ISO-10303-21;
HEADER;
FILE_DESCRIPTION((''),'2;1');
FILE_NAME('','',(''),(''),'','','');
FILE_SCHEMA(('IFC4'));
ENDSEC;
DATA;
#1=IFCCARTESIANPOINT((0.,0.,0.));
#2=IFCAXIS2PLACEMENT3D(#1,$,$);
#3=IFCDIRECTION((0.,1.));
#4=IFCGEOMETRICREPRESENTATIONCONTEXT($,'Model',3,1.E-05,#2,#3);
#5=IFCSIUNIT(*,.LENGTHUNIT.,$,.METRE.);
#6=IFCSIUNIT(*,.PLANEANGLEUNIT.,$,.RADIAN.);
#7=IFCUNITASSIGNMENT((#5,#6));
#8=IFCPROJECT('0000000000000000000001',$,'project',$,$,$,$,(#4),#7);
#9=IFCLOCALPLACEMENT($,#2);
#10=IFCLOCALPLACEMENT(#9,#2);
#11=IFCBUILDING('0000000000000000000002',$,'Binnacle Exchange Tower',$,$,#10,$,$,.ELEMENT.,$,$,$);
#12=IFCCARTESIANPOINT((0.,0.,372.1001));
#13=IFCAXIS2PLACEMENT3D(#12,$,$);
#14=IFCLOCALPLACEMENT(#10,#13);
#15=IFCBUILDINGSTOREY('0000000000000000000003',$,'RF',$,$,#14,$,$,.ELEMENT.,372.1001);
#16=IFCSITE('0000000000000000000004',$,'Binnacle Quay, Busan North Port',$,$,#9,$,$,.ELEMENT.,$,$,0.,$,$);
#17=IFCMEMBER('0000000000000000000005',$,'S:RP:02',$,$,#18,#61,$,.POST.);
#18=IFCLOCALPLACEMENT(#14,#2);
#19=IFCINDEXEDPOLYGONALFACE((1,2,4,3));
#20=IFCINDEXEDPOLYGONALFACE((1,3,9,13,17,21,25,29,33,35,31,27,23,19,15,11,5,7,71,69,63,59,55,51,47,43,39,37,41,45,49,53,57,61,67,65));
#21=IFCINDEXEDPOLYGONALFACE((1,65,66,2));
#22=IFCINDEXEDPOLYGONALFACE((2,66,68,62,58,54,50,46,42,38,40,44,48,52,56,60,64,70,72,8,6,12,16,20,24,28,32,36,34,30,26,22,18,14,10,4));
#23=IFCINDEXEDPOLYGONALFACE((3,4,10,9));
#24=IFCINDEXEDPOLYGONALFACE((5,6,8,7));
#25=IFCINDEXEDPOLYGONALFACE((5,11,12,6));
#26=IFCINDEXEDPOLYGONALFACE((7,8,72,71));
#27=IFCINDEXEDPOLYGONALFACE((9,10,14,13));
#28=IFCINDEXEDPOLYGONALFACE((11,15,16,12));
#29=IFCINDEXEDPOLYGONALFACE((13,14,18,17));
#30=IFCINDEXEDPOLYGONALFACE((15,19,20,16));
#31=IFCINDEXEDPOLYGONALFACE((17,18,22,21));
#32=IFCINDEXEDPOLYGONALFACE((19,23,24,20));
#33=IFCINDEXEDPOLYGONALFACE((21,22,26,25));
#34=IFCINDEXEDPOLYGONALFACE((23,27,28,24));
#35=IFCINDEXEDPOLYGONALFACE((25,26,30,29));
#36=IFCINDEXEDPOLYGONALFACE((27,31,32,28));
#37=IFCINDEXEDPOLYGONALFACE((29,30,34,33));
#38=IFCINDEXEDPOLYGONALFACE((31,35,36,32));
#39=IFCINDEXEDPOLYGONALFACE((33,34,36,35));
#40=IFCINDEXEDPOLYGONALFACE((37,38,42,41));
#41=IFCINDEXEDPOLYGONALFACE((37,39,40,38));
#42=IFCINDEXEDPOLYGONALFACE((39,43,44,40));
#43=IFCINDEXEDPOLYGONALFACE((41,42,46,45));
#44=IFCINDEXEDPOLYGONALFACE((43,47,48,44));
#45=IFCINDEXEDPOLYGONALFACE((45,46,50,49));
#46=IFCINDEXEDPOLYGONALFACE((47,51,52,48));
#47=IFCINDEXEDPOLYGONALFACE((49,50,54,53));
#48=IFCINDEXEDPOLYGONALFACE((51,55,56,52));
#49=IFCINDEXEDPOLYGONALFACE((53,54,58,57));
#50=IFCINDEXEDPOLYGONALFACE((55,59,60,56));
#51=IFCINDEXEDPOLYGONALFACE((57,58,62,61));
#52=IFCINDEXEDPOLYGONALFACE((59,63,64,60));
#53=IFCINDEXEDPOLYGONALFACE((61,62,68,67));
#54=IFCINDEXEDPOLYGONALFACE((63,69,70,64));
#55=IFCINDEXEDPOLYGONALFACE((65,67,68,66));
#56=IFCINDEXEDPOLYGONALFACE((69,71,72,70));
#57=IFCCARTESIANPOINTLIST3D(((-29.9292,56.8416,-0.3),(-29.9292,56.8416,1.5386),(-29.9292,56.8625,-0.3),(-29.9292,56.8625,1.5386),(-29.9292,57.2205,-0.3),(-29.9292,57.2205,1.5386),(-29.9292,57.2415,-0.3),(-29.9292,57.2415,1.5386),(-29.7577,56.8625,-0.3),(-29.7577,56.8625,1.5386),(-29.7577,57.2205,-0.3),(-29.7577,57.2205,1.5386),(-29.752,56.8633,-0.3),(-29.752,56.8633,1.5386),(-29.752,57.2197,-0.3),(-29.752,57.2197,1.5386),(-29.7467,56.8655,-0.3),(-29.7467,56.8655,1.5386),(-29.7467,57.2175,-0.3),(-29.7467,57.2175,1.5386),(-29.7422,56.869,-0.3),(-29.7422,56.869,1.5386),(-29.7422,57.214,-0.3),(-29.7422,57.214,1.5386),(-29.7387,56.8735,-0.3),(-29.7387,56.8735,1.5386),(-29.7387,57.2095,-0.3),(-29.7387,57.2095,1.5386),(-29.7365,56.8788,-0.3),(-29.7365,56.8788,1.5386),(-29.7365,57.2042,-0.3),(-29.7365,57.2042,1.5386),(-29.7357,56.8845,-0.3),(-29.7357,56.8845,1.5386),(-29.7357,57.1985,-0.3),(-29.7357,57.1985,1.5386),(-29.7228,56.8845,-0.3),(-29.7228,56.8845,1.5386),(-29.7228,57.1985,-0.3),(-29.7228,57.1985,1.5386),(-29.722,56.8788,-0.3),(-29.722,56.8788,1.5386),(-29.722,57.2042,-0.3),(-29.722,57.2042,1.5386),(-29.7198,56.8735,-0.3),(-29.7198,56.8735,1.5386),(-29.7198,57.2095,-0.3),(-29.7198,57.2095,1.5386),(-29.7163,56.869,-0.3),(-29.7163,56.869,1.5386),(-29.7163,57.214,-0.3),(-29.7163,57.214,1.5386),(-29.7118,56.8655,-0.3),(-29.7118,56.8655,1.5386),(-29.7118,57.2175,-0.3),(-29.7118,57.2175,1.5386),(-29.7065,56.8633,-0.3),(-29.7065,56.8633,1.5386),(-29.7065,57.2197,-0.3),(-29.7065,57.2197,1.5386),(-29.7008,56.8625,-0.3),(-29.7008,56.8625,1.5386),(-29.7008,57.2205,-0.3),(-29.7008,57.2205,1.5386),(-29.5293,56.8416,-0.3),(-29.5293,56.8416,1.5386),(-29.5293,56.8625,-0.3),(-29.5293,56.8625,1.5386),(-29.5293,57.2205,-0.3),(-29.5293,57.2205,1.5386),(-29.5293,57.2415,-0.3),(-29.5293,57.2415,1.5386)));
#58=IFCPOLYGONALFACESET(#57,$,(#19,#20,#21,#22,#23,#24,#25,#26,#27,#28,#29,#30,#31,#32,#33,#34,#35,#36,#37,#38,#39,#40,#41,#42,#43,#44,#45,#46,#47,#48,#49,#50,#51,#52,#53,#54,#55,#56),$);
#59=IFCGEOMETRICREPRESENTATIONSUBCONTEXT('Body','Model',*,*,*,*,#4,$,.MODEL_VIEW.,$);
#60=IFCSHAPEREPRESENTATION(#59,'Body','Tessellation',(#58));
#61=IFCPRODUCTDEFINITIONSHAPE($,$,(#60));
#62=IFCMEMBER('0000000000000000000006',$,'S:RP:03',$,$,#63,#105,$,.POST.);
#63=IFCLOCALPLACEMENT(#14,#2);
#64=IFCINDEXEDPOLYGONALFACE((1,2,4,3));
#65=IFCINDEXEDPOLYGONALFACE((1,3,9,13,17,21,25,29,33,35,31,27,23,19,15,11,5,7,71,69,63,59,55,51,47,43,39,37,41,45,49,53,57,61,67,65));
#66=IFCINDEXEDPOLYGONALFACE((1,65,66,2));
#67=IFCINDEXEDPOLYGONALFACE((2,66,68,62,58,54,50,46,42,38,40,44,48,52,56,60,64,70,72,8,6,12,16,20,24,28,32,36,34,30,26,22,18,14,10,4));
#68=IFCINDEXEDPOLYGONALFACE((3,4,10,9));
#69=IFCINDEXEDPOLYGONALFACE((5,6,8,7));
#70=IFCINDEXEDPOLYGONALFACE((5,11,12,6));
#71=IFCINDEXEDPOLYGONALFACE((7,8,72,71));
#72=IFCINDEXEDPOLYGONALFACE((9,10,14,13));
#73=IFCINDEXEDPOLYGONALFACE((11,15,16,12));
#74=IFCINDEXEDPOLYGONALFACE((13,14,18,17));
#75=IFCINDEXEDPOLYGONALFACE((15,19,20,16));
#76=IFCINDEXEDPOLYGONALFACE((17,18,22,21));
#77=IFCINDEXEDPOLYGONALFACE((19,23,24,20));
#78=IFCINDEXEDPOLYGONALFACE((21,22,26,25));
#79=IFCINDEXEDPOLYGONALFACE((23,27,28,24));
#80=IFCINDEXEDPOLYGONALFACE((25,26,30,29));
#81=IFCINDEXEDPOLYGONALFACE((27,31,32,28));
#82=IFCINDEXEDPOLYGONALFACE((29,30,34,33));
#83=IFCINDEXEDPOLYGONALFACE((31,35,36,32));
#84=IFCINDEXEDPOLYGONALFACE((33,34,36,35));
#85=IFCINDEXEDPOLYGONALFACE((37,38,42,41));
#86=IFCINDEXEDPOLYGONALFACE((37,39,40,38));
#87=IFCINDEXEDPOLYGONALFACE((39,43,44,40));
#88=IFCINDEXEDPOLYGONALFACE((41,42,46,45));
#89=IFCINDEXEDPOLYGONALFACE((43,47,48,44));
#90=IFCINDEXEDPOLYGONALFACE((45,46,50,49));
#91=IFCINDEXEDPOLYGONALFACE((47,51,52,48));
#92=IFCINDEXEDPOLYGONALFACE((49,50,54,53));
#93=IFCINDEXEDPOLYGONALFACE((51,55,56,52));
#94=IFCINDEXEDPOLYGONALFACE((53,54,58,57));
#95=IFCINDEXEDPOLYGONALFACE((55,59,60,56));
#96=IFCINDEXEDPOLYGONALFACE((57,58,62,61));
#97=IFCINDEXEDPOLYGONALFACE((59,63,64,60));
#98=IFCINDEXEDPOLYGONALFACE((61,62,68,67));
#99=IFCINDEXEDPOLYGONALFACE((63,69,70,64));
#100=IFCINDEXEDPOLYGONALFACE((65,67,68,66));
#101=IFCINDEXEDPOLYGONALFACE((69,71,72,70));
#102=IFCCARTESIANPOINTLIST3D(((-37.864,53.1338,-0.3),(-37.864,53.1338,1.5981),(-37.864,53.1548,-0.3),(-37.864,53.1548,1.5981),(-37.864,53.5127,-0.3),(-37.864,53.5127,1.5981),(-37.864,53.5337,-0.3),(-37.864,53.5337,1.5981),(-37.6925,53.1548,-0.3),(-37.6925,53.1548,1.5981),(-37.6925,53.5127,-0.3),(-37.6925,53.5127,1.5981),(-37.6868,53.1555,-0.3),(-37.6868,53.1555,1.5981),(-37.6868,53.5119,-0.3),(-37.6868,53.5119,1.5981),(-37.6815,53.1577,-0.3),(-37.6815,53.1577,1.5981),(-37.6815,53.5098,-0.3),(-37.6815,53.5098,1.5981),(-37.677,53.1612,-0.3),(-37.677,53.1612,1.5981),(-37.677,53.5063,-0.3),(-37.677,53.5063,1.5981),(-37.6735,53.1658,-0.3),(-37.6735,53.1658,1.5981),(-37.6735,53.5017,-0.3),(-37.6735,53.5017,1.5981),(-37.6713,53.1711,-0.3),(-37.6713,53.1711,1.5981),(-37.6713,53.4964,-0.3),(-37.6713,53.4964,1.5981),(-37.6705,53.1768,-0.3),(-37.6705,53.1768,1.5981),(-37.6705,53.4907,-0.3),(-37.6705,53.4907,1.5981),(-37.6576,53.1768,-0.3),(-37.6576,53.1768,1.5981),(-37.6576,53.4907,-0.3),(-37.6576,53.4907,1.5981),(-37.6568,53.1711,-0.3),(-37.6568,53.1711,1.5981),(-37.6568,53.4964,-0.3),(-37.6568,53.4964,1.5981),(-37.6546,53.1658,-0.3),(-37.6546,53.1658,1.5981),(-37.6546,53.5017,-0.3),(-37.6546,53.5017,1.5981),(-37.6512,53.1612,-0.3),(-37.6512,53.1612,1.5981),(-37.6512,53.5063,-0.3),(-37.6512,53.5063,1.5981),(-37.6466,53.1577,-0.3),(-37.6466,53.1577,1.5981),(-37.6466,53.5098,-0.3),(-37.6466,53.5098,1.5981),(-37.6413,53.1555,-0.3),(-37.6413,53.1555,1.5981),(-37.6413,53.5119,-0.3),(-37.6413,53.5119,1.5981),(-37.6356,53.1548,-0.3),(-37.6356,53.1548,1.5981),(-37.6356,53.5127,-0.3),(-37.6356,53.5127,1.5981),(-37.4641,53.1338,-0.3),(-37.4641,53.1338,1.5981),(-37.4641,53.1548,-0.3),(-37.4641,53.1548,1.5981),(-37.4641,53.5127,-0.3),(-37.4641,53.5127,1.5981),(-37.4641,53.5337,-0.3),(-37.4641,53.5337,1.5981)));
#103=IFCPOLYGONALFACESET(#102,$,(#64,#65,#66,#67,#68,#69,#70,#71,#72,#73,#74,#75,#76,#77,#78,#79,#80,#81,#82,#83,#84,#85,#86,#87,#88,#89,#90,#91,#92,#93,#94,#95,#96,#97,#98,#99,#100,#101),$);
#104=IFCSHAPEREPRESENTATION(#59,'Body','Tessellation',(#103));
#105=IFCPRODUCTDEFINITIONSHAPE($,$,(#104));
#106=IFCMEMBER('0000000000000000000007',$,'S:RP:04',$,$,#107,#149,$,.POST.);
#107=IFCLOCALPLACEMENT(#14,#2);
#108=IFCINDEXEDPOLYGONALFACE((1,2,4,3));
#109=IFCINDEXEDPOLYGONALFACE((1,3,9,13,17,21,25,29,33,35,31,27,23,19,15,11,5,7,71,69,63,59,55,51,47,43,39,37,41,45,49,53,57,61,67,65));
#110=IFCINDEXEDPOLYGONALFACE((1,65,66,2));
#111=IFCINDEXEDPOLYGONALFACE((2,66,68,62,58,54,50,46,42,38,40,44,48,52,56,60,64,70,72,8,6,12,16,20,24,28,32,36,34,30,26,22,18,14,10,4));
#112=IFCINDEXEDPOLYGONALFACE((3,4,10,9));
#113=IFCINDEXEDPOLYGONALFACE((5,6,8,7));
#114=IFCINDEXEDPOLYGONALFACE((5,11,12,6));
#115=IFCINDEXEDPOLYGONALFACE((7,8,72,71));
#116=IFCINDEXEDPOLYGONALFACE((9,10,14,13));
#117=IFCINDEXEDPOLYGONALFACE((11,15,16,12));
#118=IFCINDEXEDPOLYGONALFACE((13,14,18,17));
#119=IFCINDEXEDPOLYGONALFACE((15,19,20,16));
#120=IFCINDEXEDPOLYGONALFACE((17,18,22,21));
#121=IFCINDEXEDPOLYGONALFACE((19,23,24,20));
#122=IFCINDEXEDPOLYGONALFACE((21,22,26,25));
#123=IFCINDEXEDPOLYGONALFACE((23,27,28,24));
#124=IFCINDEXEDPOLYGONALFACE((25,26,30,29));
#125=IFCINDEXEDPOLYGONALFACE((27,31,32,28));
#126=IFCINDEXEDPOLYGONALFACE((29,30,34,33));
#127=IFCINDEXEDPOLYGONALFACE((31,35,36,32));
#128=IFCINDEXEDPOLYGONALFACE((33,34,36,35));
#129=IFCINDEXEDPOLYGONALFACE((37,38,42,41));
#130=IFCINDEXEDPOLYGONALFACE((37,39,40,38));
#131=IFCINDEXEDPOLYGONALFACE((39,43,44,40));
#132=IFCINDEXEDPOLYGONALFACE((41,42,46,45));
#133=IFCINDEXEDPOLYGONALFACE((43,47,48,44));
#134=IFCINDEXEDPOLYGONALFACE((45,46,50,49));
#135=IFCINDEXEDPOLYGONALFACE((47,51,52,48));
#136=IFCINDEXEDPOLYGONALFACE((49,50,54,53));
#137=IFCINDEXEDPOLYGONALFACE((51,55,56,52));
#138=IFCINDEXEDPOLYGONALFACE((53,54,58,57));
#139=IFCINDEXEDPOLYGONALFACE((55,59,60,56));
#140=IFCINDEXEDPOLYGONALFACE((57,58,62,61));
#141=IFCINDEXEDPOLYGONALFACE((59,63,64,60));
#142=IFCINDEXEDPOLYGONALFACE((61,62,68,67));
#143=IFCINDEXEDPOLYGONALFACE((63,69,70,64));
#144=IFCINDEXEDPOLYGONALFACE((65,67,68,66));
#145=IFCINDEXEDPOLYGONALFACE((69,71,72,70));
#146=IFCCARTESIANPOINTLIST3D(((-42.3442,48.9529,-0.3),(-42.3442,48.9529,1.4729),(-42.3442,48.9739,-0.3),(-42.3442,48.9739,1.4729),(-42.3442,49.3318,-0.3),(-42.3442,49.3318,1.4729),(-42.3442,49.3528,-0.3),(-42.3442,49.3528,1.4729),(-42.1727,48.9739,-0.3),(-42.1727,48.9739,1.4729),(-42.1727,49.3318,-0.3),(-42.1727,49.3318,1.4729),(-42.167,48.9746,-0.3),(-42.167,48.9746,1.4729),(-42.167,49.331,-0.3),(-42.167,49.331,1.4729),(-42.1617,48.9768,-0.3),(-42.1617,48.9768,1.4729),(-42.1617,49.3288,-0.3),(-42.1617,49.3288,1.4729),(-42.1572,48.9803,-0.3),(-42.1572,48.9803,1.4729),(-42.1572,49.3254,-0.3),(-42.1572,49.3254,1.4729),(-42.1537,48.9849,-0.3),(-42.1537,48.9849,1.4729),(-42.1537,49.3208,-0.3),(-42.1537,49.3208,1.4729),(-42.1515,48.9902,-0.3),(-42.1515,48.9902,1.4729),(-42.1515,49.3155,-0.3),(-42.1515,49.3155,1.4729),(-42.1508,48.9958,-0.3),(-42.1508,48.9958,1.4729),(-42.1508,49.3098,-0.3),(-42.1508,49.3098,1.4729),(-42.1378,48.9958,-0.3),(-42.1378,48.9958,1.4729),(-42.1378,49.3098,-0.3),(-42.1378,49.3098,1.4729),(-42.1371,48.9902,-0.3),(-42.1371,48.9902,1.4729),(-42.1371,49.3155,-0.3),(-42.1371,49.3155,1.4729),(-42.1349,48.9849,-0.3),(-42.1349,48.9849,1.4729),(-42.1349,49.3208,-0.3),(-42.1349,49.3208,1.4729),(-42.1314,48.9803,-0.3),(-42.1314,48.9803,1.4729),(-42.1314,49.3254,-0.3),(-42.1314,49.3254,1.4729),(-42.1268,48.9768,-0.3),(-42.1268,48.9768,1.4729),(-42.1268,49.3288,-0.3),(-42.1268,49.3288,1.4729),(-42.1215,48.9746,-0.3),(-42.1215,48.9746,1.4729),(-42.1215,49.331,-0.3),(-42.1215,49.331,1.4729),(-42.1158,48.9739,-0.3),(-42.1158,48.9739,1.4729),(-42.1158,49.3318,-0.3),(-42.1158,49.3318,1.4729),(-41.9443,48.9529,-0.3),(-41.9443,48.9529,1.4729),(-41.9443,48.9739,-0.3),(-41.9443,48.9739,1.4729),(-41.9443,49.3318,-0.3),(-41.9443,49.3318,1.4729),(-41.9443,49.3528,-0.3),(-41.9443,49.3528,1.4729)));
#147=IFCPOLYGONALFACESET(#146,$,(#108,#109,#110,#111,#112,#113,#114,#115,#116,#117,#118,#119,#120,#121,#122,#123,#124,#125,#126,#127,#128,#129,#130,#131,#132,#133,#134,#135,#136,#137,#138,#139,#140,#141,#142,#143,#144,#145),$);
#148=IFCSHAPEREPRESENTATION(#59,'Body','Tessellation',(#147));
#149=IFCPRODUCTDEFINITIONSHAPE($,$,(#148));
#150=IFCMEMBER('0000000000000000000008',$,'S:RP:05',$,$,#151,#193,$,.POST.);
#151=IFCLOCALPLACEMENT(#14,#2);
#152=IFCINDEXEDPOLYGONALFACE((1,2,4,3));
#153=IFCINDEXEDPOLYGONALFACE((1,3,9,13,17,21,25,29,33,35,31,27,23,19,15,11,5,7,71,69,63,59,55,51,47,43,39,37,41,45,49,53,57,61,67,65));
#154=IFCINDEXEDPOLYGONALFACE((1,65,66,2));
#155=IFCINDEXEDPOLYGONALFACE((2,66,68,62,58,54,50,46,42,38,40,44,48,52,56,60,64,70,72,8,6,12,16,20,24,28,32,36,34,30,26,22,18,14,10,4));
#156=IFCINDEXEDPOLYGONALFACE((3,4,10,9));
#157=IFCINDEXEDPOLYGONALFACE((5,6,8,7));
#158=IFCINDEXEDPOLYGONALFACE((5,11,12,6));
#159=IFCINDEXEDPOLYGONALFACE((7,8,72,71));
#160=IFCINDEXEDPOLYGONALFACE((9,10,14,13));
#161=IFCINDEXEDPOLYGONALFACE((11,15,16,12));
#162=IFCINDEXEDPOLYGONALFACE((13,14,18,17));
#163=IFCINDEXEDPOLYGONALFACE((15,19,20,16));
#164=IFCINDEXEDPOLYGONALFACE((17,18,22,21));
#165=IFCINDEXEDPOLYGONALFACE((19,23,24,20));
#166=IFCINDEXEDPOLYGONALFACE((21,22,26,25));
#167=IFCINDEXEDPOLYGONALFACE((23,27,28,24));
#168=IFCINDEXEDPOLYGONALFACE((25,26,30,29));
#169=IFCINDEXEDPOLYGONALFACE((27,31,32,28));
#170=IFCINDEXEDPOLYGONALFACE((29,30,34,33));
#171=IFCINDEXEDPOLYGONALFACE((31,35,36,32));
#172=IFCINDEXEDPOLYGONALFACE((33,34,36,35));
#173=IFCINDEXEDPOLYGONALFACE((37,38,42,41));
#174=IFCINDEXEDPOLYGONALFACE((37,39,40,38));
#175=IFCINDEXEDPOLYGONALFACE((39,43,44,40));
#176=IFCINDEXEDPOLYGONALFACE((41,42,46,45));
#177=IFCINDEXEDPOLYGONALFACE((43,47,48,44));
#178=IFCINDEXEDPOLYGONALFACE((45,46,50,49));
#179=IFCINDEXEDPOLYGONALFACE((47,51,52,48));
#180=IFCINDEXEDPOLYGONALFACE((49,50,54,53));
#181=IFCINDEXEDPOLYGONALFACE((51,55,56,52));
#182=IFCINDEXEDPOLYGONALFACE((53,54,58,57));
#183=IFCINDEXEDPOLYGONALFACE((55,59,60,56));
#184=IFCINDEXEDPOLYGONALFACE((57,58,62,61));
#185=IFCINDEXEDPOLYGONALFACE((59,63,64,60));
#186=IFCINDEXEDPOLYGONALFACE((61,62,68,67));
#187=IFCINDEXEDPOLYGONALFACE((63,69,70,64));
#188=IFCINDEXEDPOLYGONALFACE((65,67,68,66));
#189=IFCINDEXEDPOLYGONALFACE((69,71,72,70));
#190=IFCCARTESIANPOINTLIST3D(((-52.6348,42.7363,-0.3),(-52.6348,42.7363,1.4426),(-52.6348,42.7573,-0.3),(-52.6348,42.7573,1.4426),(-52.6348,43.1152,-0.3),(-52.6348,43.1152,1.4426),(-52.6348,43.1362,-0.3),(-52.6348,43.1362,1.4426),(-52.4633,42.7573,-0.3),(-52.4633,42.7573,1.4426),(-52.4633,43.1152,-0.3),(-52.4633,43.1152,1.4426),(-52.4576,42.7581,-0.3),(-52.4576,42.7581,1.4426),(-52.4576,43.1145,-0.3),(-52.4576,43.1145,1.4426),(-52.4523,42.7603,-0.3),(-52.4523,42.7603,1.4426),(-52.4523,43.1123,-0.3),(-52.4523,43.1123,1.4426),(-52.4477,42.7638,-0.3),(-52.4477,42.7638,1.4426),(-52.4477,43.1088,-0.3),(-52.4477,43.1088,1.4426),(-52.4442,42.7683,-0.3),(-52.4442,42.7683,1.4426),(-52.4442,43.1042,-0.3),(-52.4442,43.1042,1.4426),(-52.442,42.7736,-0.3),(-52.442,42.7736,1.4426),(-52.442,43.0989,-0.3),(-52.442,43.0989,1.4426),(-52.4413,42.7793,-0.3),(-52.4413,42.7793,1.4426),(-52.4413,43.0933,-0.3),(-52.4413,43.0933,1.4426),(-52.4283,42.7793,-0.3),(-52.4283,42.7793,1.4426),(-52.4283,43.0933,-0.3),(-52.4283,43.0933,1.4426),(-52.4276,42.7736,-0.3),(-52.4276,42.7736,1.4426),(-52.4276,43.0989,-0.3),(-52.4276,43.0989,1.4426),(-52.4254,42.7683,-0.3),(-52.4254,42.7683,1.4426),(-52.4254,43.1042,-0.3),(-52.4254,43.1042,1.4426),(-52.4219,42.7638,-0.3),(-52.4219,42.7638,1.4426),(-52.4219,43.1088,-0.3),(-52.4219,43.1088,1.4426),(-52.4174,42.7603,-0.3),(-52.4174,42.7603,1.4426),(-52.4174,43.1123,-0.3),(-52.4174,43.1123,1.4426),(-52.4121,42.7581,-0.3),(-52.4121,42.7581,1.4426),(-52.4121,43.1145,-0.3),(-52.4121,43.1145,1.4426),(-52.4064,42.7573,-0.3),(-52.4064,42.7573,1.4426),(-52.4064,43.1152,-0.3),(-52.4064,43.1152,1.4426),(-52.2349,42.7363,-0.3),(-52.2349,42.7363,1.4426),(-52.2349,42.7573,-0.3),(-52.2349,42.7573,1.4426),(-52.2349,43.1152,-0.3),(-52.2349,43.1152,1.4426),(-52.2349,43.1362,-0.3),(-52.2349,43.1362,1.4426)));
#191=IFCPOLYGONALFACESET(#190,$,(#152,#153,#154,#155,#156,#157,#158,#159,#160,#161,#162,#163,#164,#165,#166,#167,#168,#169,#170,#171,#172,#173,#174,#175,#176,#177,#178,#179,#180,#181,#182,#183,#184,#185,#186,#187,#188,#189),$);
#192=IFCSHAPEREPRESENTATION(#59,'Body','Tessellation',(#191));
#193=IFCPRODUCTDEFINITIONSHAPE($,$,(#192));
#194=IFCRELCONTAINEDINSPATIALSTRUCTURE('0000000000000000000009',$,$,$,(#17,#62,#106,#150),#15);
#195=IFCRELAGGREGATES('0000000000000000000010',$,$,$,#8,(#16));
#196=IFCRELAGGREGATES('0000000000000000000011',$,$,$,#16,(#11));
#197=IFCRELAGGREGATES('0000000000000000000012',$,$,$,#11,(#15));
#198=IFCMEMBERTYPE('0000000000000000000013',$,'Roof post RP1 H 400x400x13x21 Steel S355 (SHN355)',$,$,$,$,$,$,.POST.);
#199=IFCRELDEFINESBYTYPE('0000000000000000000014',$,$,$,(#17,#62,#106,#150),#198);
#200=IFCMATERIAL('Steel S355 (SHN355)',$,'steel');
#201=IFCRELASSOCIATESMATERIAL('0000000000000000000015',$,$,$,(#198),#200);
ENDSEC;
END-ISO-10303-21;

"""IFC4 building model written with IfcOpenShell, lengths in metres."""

from ifc_helpers import new_model, si_unit, direction, frame, origin, origin_2d, place, context, subcontext, project, spatial, i_section, extrude, material, material_profile, profile_set, type_object, element, save


model = new_model("IFC4")

# Units and contexts
model_context = context("Model", 3, precision=1e-05, world=origin(), true_north=direction((0.0, 1.0)))
body_context = subcontext(model_context, "Body", "Model", "MODEL_VIEW")
ifc_project = project(units=[si_unit("LENGTHUNIT", "METRE"), si_unit("PLANEANGLEUNIT", "RADIAN")], contexts=[model_context])

# Site, building, storey
site_placement = place(None, origin())
site = spatial("IfcSite", under=ifc_project, at=site_placement, Name="Binnacle Quay, Busan North Port", CompositionType="ELEMENT", RefElevation=0.0)
building_placement = place(site_placement, origin())
building = spatial("IfcBuilding", under=site, at=building_placement, Name="Binnacle Exchange Tower", CompositionType="ELEMENT")
storey_placement = place(building_placement, frame((0.0, 0.0, 372.1001)))
storey = spatial("IfcBuildingStorey", under=building, at=storey_placement, Name="RF", CompositionType="ELEMENT", Elevation=372.1001)

# Members
ifc_material_1 = material(Name="Steel S355 (SHN355)", Category="steel")
ifc_material_profile_1 = material_profile(ifc_material_1, i_section(OverallWidth=0.3999, OverallDepth=0.3999, WebThickness=0.0129, FlangeThickness=0.021, FilletRadius=0.022, at=origin_2d()), Name="H 400x400x13x21")
ifc_profile_set_1 = profile_set([ifc_material_profile_1], Name="Steel S355 (SHN355)")
member_type_1 = type_object("IfcMemberType", Name="Roof post RP1 H 400x400x13x21 Steel S355 (SHN355)", PredefinedType="POST", material=ifc_profile_set_1)
member_1_placement = place(storey_placement, frame((-29.7292, 57.0415, -0.3), z_axis=(0.0, 0.0, 1.0), x_axis=(1.0, 0.0, 0.0)))
element("IfcMember", 1, at=member_1_placement, inside=storey, type_object=member_type_1, Name="S:RP:02", PredefinedType="POST", context=body_context, shape_type="SweptSolid", body=[
    extrude(i_section(OverallWidth=0.3999, OverallDepth=0.3999, WebThickness=0.0129, FlangeThickness=0.021, FilletRadius=0.022, at=origin_2d()), origin(), (0.0, 0.0, 1.0), 1.8386),
])
member_2_placement = place(storey_placement, frame((-37.6641, 53.3337, -0.3), z_axis=(0.0, 0.0, 1.0), x_axis=(1.0, 0.0, 0.0)))
element("IfcMember", 2, at=member_2_placement, inside=storey, type_object=member_type_1, Name="S:RP:03", PredefinedType="POST", context=body_context, shape_type="SweptSolid", body=[
    extrude(i_section(OverallWidth=0.3999, OverallDepth=0.3999, WebThickness=0.0129, FlangeThickness=0.021, FilletRadius=0.022, at=origin_2d()), origin(), (0.0, 0.0, 1.0), 1.8982),
])
member_3_placement = place(storey_placement, frame((-42.1443, 49.1528, -0.3), z_axis=(0.0, 0.0, 1.0), x_axis=(1.0, 0.0, 0.0)))
element("IfcMember", 3, at=member_3_placement, inside=storey, type_object=member_type_1, Name="S:RP:04", PredefinedType="POST", context=body_context, shape_type="SweptSolid", body=[
    extrude(i_section(OverallWidth=0.3999, OverallDepth=0.3999, WebThickness=0.0129, FlangeThickness=0.021, FilletRadius=0.022, at=origin_2d()), origin(), (0.0, 0.0, 1.0), 1.7729),
])
member_4_placement = place(storey_placement, frame((-52.4348, 42.9363, -0.3), z_axis=(0.0, 0.0, 1.0), x_axis=(1.0, 0.0, 0.0)))
element("IfcMember", 4, at=member_4_placement, inside=storey, type_object=member_type_1, Name="S:RP:05", PredefinedType="POST", context=body_context, shape_type="SweptSolid", body=[
    extrude(i_section(OverallWidth=0.3999, OverallDepth=0.3999, WebThickness=0.0129, FlangeThickness=0.021, FilletRadius=0.022, at=origin_2d()), origin(), (0.0, 0.0, 1.0), 1.7427),
])

save(model, "model.ifc")
